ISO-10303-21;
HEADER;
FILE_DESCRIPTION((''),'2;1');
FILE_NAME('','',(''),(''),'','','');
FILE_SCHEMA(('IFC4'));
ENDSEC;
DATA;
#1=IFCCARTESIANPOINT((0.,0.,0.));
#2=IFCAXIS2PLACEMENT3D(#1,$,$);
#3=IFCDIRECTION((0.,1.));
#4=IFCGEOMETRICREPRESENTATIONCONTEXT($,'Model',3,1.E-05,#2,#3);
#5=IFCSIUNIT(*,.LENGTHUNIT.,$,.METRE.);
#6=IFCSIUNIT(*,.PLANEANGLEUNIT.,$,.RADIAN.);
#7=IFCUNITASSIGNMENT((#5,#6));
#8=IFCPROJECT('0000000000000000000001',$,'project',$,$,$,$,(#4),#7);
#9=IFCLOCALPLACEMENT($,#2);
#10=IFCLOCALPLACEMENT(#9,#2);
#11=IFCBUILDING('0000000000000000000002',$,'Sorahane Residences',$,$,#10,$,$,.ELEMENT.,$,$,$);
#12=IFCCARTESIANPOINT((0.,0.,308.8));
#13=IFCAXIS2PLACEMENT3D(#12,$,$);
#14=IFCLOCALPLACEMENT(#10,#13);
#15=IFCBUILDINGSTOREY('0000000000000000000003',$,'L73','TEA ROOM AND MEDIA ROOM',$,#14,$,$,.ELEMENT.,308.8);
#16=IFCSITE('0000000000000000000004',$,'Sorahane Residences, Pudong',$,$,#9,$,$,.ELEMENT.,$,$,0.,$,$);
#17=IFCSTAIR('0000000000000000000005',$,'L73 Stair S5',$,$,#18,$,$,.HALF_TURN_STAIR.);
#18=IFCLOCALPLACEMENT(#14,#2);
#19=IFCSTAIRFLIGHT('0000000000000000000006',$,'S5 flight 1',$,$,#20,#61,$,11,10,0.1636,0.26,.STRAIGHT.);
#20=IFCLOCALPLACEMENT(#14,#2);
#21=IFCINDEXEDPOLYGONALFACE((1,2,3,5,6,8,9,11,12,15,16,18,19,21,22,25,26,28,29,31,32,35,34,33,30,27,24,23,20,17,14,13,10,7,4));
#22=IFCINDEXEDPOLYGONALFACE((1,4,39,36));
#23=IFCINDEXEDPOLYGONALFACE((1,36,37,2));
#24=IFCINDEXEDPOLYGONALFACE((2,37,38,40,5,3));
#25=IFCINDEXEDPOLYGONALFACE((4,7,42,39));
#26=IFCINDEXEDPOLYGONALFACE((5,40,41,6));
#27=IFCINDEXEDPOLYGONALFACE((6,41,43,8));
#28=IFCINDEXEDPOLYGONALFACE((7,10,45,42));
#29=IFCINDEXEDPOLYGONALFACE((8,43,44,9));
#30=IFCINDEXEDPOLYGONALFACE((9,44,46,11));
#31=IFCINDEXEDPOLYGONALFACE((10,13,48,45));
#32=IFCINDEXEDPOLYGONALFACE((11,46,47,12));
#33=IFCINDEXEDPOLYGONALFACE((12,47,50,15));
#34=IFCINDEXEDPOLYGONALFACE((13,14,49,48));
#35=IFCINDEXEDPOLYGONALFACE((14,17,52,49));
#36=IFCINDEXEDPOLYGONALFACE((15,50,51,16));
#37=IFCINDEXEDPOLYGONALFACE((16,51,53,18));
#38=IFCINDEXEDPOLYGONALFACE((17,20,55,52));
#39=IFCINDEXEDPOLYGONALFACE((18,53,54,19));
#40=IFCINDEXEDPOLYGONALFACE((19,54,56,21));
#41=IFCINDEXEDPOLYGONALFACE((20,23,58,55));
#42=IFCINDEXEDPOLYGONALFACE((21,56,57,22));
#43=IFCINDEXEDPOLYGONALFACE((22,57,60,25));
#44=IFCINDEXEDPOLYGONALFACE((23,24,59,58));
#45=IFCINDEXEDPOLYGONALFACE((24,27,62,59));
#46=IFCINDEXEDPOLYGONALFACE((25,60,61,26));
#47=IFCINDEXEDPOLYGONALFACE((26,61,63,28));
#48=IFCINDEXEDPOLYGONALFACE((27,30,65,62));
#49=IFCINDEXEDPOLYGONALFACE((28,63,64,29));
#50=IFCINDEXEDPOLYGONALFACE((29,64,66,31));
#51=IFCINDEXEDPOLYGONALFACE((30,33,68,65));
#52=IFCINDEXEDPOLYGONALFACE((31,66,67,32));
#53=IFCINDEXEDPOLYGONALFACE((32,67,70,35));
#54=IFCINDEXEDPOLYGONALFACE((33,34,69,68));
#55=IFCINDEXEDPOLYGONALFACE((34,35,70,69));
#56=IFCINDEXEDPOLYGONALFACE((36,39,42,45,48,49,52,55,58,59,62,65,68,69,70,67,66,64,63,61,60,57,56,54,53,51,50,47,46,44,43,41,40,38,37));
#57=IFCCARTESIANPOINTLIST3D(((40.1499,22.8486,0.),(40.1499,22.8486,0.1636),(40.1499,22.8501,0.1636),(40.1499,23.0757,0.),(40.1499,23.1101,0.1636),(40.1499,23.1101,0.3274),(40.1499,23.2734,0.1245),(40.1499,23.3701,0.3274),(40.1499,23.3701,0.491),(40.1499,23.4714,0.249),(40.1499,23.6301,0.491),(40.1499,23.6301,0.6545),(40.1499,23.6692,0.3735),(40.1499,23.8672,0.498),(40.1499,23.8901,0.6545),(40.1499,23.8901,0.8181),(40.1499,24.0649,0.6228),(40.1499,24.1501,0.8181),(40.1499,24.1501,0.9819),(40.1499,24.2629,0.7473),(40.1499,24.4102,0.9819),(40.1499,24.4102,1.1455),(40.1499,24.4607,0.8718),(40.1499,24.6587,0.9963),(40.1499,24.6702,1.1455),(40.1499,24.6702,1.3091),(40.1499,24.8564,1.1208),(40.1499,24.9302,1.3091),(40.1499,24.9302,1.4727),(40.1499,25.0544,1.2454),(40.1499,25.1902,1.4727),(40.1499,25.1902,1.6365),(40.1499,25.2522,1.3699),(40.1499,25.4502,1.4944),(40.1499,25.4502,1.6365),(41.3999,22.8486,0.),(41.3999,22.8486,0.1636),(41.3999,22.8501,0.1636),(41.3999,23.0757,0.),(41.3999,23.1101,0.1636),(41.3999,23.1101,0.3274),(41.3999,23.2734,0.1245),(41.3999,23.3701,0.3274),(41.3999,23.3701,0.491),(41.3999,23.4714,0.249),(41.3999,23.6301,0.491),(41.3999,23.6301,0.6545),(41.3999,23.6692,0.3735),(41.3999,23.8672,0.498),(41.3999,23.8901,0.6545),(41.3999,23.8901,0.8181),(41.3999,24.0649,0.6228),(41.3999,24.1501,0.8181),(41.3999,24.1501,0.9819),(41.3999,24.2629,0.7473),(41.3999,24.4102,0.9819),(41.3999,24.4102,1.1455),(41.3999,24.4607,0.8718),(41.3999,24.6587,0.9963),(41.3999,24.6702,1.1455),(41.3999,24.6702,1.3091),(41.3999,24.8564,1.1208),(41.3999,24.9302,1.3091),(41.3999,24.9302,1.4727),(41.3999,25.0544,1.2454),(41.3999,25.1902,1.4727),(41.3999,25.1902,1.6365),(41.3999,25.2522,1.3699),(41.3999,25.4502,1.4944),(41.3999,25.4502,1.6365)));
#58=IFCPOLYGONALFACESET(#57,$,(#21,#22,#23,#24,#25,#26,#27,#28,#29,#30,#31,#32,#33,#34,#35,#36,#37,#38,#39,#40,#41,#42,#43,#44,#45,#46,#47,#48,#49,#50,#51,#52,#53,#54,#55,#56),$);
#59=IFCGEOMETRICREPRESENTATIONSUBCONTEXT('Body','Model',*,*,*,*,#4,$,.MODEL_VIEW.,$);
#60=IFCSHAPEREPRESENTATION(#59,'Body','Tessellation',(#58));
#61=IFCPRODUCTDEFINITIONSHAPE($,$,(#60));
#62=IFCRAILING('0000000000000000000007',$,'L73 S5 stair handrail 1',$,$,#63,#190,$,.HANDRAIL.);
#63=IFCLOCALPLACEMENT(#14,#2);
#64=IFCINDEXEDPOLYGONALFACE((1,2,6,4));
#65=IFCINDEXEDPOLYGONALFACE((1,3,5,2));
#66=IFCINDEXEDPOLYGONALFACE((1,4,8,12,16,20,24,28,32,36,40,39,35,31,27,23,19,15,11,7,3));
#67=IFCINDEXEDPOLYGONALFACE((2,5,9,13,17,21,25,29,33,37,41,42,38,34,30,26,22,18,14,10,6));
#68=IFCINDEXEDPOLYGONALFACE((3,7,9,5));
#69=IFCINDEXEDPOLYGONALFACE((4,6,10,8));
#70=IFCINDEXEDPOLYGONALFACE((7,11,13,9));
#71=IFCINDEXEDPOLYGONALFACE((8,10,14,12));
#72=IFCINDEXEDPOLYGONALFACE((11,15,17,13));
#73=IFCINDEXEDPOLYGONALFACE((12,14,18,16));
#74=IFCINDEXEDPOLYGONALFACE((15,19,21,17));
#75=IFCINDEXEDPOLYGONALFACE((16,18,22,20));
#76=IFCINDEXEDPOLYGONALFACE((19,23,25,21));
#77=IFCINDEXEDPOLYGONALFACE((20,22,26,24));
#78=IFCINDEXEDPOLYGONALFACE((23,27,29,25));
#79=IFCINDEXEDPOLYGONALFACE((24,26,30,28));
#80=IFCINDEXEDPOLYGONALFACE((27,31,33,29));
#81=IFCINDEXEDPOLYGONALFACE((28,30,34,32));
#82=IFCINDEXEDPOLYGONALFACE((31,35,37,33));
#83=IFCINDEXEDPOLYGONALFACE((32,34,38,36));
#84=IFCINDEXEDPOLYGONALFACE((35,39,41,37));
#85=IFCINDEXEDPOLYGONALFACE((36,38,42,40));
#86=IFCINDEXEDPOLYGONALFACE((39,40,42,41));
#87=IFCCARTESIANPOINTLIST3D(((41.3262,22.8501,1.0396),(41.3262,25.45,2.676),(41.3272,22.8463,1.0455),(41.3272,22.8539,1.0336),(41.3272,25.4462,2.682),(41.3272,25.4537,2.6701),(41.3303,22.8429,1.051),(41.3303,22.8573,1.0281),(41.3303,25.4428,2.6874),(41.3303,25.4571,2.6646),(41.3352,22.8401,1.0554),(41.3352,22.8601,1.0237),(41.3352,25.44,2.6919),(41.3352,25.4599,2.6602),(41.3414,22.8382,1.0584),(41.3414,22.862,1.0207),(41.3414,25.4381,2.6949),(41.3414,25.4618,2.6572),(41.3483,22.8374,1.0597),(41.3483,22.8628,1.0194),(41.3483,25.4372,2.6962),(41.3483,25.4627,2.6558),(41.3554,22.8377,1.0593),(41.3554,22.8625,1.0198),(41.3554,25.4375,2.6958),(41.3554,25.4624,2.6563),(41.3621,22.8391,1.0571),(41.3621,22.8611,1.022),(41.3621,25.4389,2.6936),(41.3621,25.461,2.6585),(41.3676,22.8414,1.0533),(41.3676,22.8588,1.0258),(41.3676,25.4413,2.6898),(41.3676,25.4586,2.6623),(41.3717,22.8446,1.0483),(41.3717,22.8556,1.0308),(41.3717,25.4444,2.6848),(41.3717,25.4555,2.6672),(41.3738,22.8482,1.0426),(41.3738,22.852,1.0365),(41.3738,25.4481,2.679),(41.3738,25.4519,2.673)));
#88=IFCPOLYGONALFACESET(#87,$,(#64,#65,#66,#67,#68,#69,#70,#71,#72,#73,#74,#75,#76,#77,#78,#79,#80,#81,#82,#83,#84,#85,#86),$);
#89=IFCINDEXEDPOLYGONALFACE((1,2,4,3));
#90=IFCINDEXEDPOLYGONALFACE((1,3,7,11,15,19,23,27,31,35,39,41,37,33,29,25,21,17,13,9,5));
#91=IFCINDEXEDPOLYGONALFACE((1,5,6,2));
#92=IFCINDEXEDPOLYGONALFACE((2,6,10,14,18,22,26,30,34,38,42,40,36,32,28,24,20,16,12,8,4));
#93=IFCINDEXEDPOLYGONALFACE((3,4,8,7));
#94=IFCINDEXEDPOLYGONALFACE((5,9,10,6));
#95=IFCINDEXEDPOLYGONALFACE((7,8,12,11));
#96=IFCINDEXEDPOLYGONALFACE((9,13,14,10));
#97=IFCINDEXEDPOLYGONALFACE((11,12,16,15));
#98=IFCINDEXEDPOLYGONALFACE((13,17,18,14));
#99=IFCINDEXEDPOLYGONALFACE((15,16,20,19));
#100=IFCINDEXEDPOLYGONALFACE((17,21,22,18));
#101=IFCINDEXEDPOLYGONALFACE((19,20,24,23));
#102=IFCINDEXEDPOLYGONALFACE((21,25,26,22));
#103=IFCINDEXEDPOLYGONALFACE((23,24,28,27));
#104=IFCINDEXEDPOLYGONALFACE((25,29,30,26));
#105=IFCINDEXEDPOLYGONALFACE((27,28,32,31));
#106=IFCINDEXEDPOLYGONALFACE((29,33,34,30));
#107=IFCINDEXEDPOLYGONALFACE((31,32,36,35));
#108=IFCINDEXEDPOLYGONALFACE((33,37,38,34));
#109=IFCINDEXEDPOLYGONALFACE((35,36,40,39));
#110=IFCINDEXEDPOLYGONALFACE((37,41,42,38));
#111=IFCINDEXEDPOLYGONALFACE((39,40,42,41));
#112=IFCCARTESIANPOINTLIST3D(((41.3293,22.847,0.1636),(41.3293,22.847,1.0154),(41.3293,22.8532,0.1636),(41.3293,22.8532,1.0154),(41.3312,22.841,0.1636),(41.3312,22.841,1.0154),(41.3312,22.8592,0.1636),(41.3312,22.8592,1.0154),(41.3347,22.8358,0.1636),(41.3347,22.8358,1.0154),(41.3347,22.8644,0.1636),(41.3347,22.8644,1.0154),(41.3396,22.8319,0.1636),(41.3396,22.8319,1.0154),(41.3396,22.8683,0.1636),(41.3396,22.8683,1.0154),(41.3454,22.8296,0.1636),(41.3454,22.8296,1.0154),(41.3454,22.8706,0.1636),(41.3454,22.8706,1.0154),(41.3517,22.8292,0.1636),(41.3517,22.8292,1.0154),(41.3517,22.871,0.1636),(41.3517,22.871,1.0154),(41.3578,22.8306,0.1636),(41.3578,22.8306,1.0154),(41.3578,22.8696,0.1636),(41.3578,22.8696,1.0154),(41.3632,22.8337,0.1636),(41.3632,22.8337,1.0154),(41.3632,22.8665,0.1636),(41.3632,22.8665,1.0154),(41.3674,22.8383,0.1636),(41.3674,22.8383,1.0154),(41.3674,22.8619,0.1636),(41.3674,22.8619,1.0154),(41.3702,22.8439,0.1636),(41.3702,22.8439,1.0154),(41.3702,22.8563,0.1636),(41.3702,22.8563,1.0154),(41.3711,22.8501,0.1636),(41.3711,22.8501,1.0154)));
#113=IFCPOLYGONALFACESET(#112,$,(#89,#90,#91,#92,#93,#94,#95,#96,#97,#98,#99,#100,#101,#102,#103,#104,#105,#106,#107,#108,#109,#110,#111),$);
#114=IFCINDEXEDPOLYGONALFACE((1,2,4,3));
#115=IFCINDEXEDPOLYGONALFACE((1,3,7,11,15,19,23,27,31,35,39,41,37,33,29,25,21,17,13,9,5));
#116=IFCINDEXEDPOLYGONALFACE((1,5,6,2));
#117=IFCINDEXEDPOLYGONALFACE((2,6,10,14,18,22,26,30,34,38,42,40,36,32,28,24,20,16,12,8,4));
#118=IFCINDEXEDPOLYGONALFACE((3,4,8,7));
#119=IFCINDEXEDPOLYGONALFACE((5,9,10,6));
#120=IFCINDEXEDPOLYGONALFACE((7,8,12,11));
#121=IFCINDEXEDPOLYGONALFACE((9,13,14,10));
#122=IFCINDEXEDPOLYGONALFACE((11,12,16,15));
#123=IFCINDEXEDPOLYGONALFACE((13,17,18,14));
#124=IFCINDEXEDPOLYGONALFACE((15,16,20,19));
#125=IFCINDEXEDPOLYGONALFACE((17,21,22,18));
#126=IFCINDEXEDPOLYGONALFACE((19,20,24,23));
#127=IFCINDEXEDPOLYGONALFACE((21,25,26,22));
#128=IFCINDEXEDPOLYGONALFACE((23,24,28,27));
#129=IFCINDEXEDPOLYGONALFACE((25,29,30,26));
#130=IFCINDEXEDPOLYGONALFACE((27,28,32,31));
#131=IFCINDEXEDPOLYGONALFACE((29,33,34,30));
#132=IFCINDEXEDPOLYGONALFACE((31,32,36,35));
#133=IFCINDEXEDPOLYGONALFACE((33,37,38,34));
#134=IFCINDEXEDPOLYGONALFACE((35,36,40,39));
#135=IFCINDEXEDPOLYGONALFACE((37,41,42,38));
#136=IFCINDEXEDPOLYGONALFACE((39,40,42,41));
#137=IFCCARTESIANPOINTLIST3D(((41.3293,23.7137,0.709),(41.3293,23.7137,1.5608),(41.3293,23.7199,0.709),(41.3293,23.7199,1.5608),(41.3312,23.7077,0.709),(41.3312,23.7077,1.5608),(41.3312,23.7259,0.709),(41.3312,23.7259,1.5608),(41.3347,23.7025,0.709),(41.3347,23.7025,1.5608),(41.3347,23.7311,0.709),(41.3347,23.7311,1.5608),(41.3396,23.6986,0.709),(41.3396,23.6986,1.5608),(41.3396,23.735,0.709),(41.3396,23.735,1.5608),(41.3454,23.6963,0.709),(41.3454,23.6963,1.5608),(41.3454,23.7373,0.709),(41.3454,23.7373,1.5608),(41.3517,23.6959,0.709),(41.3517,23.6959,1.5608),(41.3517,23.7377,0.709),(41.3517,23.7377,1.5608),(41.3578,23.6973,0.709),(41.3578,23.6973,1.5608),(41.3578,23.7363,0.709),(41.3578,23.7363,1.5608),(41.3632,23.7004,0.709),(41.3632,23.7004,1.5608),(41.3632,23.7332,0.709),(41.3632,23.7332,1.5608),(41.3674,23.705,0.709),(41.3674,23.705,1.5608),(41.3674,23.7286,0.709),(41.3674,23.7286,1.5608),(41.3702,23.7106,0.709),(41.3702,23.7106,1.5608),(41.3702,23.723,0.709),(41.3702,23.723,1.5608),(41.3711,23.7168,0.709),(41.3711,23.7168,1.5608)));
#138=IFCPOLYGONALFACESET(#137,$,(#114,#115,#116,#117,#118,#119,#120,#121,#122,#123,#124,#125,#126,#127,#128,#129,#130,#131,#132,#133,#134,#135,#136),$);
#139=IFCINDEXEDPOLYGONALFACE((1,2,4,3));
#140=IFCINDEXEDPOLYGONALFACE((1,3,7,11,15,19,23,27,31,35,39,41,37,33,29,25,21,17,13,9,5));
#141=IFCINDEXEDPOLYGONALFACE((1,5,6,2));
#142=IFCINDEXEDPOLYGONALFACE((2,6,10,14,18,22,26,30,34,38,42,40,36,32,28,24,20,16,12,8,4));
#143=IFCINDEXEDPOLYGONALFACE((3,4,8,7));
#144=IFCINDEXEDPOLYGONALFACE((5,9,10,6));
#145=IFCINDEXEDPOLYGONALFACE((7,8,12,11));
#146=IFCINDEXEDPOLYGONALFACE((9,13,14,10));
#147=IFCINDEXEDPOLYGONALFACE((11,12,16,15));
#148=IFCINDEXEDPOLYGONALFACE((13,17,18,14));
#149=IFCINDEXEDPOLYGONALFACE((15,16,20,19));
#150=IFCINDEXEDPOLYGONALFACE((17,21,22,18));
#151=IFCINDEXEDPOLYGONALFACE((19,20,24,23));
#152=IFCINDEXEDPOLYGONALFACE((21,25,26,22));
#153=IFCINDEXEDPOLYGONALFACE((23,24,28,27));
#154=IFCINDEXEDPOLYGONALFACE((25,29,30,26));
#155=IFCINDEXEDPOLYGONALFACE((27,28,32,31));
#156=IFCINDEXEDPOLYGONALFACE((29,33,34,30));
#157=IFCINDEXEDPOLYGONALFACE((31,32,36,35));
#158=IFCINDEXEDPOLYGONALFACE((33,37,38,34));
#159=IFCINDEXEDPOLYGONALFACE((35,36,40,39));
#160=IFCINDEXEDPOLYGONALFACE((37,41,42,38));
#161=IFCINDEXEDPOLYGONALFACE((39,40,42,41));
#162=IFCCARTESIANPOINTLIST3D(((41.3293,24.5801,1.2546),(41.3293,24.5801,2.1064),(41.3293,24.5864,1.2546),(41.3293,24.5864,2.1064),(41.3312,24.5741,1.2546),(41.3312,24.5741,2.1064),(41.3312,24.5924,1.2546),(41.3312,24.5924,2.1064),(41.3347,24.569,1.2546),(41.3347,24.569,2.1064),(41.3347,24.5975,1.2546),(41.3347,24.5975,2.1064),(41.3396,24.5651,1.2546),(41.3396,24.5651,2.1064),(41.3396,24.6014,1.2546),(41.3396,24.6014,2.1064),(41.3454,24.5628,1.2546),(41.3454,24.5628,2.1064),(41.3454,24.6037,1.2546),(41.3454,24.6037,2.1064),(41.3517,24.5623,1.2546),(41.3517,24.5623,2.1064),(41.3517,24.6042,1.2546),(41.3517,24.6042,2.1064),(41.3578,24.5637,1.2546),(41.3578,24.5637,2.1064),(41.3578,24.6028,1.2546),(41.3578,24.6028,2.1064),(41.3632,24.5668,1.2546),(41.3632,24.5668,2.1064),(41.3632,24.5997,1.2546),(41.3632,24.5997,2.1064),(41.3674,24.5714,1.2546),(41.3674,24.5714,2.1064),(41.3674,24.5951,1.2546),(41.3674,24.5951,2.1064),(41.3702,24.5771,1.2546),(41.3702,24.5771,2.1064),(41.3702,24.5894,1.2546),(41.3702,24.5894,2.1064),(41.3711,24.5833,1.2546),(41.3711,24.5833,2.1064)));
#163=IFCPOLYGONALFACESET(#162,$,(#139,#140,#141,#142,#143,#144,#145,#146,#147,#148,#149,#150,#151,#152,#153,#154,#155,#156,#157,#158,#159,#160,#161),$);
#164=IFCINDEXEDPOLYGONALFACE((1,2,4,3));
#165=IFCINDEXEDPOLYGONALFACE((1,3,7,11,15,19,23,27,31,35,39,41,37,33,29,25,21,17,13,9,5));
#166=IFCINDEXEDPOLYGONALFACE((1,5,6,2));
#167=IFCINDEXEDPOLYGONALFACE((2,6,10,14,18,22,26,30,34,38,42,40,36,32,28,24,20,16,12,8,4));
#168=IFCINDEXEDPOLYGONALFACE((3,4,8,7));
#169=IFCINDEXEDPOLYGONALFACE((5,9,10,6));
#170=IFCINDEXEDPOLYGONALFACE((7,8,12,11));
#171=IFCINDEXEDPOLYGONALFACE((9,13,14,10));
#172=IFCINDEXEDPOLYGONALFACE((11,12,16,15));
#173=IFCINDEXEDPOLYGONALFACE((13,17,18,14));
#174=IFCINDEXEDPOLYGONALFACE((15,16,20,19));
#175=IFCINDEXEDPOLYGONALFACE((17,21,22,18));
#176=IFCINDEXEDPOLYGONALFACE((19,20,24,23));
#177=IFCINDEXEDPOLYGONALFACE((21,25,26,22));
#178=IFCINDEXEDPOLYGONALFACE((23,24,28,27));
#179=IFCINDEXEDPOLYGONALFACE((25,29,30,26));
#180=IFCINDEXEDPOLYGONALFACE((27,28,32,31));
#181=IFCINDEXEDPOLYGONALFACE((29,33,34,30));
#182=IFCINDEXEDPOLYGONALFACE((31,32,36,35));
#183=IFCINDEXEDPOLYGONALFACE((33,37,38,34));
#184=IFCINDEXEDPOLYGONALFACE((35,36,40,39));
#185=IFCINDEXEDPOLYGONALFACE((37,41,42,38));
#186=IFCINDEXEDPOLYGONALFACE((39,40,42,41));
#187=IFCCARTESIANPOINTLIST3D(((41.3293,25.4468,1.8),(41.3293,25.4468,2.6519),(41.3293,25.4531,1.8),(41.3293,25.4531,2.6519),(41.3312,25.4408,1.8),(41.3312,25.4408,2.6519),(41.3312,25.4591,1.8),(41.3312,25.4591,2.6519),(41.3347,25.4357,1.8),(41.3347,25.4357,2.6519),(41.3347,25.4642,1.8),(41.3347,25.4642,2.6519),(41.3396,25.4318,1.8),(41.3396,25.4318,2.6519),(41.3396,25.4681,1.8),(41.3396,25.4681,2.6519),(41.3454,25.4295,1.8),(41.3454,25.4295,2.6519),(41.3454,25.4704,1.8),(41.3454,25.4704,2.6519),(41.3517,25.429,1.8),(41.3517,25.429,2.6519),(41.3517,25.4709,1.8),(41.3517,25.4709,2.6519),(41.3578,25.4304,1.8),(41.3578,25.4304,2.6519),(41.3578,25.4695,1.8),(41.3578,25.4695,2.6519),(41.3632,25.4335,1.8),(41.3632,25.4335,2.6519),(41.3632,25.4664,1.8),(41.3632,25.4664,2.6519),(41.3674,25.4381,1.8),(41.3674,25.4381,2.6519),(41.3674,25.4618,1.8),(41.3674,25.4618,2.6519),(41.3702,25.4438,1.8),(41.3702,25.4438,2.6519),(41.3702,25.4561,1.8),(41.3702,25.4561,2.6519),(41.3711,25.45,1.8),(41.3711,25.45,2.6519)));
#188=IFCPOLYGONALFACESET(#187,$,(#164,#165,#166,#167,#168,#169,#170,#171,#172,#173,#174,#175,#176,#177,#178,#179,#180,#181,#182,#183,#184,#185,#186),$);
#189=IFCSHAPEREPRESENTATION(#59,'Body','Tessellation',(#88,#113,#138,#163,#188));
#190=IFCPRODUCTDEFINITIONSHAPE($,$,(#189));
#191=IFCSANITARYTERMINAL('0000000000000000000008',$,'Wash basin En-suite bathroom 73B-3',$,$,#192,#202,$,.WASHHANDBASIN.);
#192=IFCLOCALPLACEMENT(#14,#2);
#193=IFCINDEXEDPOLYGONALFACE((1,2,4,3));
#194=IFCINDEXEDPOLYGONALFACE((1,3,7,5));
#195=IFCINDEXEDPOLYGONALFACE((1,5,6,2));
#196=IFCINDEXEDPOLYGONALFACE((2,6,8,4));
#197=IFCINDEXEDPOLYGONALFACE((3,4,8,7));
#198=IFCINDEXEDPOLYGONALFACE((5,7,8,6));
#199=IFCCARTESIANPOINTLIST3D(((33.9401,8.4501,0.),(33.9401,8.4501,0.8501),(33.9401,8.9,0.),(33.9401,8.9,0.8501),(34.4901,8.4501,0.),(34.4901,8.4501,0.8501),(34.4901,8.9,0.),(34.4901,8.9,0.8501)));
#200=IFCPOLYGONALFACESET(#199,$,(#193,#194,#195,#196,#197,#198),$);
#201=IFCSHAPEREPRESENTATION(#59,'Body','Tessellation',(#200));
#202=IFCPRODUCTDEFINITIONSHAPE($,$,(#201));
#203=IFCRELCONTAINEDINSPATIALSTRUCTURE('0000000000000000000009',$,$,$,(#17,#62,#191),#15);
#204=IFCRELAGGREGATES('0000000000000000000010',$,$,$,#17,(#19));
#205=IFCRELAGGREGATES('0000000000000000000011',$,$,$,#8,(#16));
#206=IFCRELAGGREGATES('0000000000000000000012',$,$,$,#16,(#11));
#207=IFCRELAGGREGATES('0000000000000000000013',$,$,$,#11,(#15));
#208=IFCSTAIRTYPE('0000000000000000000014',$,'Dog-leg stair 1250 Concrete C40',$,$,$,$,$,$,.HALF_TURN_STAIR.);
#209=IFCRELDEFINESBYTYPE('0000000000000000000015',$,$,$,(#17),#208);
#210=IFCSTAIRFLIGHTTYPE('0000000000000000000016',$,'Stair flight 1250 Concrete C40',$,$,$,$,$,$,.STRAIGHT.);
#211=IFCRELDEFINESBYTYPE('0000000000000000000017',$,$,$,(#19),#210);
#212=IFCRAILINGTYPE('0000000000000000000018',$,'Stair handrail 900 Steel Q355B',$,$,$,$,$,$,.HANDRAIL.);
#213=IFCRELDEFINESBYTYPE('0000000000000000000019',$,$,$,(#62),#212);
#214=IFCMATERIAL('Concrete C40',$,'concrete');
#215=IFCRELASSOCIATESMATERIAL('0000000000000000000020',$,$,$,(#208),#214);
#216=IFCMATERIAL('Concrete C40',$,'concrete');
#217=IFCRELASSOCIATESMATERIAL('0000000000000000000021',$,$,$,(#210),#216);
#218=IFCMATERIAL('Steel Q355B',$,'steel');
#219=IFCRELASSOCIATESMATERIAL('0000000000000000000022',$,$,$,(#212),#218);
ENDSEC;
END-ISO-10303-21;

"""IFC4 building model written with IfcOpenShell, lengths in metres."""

from ifc_helpers import new_model, si_unit, direction, frame, origin, origin_2d, place, context, subcontext, project, spatial, polyline, rectangle, circle, outline, extrude, material, type_object, element, aggregate, save


model = new_model("IFC4")

# Units and contexts
model_context = context("Model", 3, precision=1e-05, world=origin(), true_north=direction((0.0, 1.0)))
body_context = subcontext(model_context, "Body", "Model", "MODEL_VIEW")
ifc_project = project(units=[si_unit("LENGTHUNIT", "METRE"), si_unit("PLANEANGLEUNIT", "RADIAN")], contexts=[model_context])

# Site, building, storey
site_placement = place(None, origin())
site = spatial("IfcSite", under=ifc_project, at=site_placement, Name="Sorahane Residences, Pudong", CompositionType="ELEMENT", RefElevation=0.0)
building_placement = place(site_placement, origin())
building = spatial("IfcBuilding", under=site, at=building_placement, Name="Sorahane Residences", CompositionType="ELEMENT")
storey_placement = place(building_placement, frame((0.0, 0.0, 308.8)))
storey = spatial("IfcBuildingStorey", under=building, at=storey_placement, Name="L73", Description="TEA ROOM AND MEDIA ROOM", CompositionType="ELEMENT", Elevation=308.8)

# Stair, stair flight
ifc_material_1 = material(Name="Concrete C40", Category="concrete")
stair_type = type_object("IfcStairType", Name="Dog-leg stair 1250 Concrete C40", PredefinedType="HALF_TURN_STAIR", material=ifc_material_1)
stair_placement = place(storey_placement, origin())
stair = element("IfcStair", 1, at=stair_placement, inside=storey, type_object=stair_type, Name="L73 Stair S5", PredefinedType="HALF_TURN_STAIR")
ifc_material_2 = material(Name="Concrete C40", Category="concrete")
stair_flight_type = type_object("IfcStairFlightType", Name="Stair flight 1250 Concrete C40", PredefinedType="STRAIGHT", material=ifc_material_2)
stair_flight_placement = place(storey_placement, frame((40.7749, 22.8501, 0.0), z_axis=(0.0, 0.0, 1.0), x_axis=(0.0, 1.0, 0.0)))
stair_flight = element("IfcStairFlight", 2, at=stair_flight_placement, type_object=stair_flight_type, Name="S5 flight 1", NumberOfRisers=11, NumberOfTreads=10, PredefinedType="STRAIGHT", RiserHeight=0.1636, TreadLength=0.26, context=body_context, shape_type="SweptSolid", body=[
    extrude(outline(polyline([(-0.0015, 0.0), (-0.0015, 0.1636), (0.0, 0.1636), (0.26, 0.1636), (0.26, 0.3274), (0.52, 0.3274), (0.52, 0.491), (0.78, 0.491), (0.78, 0.6545), (1.04, 0.6545), (1.04, 0.8181), (1.3, 0.8181), (1.3, 0.9819), (1.5601, 0.9819), (1.5601, 1.1455), (1.8201, 1.1455), (1.8201, 1.3091), (2.0801, 1.3091), (2.0801, 1.4727), (2.3401, 1.4727), (2.3401, 1.6365), (2.6001, 1.6365), (2.6001, 1.8), (2.6001, 1.4944), (2.4021, 1.3699), (2.2043, 1.2454), (2.0063, 1.1208), (1.8086, 0.9963), (1.6106, 0.8718), (1.4128, 0.7473), (1.2148, 0.6228), (1.0171, 0.498), (0.8191, 0.3735), (0.6213, 0.249), (0.4233, 0.1245), (0.2256, 0.0), (-0.0015, 0.0)])), frame((0.0, 0.625, 0.0), z_axis=(0.0, -1.0, 0.0), x_axis=(1.0, 0.0, 0.0)), (0.0, 0.0, 1.0), 1.25),
])
aggregate(stair, [stair_flight])

# Railing
ifc_material_3 = material(Name="Steel Q355B", Category="steel")
railing_type_1 = type_object("IfcRailingType", Name="Stair handrail 900 Steel Q355B", PredefinedType="HANDRAIL", material=ifc_material_3)
railing_1_placement = place(storey_placement, frame((41.3501, 22.8501, 0.1636)))
element("IfcRailing", 3, at=railing_1_placement, inside=storey, type_object=railing_type_1, Name="L73 S5 stair handrail 1", PredefinedType="HANDRAIL", context=body_context, shape_type="SweptSolid", body=[
    extrude(circle(Radius=0.0239, at=origin_2d()), frame((0.0, 0.0, 0.876), z_axis=(0.0, 0.846302, 0.532704), x_axis=(-1.0, 0.0, 0.0)), (0.0, 0.0, 1.0), 3.072),
    extrude(circle(Radius=0.021, at=origin_2d()), origin(), (0.0, 0.0, 1.0), 0.8518),
    extrude(circle(Radius=0.021, at=origin_2d()), frame((0.0, 0.8667, 0.5454)), (0.0, 0.0, 1.0), 0.8518),
    extrude(circle(Radius=0.021, at=origin_2d()), frame((0.0, 1.7332, 1.0911)), (0.0, 0.0, 1.0), 0.8518),
    extrude(circle(Radius=0.021, at=origin_2d()), frame((0.0, 2.5999, 1.6365)), (0.0, 0.0, 1.0), 0.8518),
])

# Sanitary terminal
sanitary_terminal_placement = place(storey_placement, frame((34.2151, 8.675, 0.0), z_axis=(0.0, 0.0, 1.0), x_axis=(1.0, 0.0, 0.0)))
element("IfcSanitaryTerminal", 4, at=sanitary_terminal_placement, inside=storey, Name="Wash basin En-suite bathroom 73B-3", PredefinedType="WASHHANDBASIN", context=body_context, shape_type="SweptSolid", body=[
    extrude(rectangle(XDim=0.55, YDim=0.45, at=origin_2d()), origin(), (0.0, 0.0, 1.0), 0.8501),
])

save(model, "model.ifc")
